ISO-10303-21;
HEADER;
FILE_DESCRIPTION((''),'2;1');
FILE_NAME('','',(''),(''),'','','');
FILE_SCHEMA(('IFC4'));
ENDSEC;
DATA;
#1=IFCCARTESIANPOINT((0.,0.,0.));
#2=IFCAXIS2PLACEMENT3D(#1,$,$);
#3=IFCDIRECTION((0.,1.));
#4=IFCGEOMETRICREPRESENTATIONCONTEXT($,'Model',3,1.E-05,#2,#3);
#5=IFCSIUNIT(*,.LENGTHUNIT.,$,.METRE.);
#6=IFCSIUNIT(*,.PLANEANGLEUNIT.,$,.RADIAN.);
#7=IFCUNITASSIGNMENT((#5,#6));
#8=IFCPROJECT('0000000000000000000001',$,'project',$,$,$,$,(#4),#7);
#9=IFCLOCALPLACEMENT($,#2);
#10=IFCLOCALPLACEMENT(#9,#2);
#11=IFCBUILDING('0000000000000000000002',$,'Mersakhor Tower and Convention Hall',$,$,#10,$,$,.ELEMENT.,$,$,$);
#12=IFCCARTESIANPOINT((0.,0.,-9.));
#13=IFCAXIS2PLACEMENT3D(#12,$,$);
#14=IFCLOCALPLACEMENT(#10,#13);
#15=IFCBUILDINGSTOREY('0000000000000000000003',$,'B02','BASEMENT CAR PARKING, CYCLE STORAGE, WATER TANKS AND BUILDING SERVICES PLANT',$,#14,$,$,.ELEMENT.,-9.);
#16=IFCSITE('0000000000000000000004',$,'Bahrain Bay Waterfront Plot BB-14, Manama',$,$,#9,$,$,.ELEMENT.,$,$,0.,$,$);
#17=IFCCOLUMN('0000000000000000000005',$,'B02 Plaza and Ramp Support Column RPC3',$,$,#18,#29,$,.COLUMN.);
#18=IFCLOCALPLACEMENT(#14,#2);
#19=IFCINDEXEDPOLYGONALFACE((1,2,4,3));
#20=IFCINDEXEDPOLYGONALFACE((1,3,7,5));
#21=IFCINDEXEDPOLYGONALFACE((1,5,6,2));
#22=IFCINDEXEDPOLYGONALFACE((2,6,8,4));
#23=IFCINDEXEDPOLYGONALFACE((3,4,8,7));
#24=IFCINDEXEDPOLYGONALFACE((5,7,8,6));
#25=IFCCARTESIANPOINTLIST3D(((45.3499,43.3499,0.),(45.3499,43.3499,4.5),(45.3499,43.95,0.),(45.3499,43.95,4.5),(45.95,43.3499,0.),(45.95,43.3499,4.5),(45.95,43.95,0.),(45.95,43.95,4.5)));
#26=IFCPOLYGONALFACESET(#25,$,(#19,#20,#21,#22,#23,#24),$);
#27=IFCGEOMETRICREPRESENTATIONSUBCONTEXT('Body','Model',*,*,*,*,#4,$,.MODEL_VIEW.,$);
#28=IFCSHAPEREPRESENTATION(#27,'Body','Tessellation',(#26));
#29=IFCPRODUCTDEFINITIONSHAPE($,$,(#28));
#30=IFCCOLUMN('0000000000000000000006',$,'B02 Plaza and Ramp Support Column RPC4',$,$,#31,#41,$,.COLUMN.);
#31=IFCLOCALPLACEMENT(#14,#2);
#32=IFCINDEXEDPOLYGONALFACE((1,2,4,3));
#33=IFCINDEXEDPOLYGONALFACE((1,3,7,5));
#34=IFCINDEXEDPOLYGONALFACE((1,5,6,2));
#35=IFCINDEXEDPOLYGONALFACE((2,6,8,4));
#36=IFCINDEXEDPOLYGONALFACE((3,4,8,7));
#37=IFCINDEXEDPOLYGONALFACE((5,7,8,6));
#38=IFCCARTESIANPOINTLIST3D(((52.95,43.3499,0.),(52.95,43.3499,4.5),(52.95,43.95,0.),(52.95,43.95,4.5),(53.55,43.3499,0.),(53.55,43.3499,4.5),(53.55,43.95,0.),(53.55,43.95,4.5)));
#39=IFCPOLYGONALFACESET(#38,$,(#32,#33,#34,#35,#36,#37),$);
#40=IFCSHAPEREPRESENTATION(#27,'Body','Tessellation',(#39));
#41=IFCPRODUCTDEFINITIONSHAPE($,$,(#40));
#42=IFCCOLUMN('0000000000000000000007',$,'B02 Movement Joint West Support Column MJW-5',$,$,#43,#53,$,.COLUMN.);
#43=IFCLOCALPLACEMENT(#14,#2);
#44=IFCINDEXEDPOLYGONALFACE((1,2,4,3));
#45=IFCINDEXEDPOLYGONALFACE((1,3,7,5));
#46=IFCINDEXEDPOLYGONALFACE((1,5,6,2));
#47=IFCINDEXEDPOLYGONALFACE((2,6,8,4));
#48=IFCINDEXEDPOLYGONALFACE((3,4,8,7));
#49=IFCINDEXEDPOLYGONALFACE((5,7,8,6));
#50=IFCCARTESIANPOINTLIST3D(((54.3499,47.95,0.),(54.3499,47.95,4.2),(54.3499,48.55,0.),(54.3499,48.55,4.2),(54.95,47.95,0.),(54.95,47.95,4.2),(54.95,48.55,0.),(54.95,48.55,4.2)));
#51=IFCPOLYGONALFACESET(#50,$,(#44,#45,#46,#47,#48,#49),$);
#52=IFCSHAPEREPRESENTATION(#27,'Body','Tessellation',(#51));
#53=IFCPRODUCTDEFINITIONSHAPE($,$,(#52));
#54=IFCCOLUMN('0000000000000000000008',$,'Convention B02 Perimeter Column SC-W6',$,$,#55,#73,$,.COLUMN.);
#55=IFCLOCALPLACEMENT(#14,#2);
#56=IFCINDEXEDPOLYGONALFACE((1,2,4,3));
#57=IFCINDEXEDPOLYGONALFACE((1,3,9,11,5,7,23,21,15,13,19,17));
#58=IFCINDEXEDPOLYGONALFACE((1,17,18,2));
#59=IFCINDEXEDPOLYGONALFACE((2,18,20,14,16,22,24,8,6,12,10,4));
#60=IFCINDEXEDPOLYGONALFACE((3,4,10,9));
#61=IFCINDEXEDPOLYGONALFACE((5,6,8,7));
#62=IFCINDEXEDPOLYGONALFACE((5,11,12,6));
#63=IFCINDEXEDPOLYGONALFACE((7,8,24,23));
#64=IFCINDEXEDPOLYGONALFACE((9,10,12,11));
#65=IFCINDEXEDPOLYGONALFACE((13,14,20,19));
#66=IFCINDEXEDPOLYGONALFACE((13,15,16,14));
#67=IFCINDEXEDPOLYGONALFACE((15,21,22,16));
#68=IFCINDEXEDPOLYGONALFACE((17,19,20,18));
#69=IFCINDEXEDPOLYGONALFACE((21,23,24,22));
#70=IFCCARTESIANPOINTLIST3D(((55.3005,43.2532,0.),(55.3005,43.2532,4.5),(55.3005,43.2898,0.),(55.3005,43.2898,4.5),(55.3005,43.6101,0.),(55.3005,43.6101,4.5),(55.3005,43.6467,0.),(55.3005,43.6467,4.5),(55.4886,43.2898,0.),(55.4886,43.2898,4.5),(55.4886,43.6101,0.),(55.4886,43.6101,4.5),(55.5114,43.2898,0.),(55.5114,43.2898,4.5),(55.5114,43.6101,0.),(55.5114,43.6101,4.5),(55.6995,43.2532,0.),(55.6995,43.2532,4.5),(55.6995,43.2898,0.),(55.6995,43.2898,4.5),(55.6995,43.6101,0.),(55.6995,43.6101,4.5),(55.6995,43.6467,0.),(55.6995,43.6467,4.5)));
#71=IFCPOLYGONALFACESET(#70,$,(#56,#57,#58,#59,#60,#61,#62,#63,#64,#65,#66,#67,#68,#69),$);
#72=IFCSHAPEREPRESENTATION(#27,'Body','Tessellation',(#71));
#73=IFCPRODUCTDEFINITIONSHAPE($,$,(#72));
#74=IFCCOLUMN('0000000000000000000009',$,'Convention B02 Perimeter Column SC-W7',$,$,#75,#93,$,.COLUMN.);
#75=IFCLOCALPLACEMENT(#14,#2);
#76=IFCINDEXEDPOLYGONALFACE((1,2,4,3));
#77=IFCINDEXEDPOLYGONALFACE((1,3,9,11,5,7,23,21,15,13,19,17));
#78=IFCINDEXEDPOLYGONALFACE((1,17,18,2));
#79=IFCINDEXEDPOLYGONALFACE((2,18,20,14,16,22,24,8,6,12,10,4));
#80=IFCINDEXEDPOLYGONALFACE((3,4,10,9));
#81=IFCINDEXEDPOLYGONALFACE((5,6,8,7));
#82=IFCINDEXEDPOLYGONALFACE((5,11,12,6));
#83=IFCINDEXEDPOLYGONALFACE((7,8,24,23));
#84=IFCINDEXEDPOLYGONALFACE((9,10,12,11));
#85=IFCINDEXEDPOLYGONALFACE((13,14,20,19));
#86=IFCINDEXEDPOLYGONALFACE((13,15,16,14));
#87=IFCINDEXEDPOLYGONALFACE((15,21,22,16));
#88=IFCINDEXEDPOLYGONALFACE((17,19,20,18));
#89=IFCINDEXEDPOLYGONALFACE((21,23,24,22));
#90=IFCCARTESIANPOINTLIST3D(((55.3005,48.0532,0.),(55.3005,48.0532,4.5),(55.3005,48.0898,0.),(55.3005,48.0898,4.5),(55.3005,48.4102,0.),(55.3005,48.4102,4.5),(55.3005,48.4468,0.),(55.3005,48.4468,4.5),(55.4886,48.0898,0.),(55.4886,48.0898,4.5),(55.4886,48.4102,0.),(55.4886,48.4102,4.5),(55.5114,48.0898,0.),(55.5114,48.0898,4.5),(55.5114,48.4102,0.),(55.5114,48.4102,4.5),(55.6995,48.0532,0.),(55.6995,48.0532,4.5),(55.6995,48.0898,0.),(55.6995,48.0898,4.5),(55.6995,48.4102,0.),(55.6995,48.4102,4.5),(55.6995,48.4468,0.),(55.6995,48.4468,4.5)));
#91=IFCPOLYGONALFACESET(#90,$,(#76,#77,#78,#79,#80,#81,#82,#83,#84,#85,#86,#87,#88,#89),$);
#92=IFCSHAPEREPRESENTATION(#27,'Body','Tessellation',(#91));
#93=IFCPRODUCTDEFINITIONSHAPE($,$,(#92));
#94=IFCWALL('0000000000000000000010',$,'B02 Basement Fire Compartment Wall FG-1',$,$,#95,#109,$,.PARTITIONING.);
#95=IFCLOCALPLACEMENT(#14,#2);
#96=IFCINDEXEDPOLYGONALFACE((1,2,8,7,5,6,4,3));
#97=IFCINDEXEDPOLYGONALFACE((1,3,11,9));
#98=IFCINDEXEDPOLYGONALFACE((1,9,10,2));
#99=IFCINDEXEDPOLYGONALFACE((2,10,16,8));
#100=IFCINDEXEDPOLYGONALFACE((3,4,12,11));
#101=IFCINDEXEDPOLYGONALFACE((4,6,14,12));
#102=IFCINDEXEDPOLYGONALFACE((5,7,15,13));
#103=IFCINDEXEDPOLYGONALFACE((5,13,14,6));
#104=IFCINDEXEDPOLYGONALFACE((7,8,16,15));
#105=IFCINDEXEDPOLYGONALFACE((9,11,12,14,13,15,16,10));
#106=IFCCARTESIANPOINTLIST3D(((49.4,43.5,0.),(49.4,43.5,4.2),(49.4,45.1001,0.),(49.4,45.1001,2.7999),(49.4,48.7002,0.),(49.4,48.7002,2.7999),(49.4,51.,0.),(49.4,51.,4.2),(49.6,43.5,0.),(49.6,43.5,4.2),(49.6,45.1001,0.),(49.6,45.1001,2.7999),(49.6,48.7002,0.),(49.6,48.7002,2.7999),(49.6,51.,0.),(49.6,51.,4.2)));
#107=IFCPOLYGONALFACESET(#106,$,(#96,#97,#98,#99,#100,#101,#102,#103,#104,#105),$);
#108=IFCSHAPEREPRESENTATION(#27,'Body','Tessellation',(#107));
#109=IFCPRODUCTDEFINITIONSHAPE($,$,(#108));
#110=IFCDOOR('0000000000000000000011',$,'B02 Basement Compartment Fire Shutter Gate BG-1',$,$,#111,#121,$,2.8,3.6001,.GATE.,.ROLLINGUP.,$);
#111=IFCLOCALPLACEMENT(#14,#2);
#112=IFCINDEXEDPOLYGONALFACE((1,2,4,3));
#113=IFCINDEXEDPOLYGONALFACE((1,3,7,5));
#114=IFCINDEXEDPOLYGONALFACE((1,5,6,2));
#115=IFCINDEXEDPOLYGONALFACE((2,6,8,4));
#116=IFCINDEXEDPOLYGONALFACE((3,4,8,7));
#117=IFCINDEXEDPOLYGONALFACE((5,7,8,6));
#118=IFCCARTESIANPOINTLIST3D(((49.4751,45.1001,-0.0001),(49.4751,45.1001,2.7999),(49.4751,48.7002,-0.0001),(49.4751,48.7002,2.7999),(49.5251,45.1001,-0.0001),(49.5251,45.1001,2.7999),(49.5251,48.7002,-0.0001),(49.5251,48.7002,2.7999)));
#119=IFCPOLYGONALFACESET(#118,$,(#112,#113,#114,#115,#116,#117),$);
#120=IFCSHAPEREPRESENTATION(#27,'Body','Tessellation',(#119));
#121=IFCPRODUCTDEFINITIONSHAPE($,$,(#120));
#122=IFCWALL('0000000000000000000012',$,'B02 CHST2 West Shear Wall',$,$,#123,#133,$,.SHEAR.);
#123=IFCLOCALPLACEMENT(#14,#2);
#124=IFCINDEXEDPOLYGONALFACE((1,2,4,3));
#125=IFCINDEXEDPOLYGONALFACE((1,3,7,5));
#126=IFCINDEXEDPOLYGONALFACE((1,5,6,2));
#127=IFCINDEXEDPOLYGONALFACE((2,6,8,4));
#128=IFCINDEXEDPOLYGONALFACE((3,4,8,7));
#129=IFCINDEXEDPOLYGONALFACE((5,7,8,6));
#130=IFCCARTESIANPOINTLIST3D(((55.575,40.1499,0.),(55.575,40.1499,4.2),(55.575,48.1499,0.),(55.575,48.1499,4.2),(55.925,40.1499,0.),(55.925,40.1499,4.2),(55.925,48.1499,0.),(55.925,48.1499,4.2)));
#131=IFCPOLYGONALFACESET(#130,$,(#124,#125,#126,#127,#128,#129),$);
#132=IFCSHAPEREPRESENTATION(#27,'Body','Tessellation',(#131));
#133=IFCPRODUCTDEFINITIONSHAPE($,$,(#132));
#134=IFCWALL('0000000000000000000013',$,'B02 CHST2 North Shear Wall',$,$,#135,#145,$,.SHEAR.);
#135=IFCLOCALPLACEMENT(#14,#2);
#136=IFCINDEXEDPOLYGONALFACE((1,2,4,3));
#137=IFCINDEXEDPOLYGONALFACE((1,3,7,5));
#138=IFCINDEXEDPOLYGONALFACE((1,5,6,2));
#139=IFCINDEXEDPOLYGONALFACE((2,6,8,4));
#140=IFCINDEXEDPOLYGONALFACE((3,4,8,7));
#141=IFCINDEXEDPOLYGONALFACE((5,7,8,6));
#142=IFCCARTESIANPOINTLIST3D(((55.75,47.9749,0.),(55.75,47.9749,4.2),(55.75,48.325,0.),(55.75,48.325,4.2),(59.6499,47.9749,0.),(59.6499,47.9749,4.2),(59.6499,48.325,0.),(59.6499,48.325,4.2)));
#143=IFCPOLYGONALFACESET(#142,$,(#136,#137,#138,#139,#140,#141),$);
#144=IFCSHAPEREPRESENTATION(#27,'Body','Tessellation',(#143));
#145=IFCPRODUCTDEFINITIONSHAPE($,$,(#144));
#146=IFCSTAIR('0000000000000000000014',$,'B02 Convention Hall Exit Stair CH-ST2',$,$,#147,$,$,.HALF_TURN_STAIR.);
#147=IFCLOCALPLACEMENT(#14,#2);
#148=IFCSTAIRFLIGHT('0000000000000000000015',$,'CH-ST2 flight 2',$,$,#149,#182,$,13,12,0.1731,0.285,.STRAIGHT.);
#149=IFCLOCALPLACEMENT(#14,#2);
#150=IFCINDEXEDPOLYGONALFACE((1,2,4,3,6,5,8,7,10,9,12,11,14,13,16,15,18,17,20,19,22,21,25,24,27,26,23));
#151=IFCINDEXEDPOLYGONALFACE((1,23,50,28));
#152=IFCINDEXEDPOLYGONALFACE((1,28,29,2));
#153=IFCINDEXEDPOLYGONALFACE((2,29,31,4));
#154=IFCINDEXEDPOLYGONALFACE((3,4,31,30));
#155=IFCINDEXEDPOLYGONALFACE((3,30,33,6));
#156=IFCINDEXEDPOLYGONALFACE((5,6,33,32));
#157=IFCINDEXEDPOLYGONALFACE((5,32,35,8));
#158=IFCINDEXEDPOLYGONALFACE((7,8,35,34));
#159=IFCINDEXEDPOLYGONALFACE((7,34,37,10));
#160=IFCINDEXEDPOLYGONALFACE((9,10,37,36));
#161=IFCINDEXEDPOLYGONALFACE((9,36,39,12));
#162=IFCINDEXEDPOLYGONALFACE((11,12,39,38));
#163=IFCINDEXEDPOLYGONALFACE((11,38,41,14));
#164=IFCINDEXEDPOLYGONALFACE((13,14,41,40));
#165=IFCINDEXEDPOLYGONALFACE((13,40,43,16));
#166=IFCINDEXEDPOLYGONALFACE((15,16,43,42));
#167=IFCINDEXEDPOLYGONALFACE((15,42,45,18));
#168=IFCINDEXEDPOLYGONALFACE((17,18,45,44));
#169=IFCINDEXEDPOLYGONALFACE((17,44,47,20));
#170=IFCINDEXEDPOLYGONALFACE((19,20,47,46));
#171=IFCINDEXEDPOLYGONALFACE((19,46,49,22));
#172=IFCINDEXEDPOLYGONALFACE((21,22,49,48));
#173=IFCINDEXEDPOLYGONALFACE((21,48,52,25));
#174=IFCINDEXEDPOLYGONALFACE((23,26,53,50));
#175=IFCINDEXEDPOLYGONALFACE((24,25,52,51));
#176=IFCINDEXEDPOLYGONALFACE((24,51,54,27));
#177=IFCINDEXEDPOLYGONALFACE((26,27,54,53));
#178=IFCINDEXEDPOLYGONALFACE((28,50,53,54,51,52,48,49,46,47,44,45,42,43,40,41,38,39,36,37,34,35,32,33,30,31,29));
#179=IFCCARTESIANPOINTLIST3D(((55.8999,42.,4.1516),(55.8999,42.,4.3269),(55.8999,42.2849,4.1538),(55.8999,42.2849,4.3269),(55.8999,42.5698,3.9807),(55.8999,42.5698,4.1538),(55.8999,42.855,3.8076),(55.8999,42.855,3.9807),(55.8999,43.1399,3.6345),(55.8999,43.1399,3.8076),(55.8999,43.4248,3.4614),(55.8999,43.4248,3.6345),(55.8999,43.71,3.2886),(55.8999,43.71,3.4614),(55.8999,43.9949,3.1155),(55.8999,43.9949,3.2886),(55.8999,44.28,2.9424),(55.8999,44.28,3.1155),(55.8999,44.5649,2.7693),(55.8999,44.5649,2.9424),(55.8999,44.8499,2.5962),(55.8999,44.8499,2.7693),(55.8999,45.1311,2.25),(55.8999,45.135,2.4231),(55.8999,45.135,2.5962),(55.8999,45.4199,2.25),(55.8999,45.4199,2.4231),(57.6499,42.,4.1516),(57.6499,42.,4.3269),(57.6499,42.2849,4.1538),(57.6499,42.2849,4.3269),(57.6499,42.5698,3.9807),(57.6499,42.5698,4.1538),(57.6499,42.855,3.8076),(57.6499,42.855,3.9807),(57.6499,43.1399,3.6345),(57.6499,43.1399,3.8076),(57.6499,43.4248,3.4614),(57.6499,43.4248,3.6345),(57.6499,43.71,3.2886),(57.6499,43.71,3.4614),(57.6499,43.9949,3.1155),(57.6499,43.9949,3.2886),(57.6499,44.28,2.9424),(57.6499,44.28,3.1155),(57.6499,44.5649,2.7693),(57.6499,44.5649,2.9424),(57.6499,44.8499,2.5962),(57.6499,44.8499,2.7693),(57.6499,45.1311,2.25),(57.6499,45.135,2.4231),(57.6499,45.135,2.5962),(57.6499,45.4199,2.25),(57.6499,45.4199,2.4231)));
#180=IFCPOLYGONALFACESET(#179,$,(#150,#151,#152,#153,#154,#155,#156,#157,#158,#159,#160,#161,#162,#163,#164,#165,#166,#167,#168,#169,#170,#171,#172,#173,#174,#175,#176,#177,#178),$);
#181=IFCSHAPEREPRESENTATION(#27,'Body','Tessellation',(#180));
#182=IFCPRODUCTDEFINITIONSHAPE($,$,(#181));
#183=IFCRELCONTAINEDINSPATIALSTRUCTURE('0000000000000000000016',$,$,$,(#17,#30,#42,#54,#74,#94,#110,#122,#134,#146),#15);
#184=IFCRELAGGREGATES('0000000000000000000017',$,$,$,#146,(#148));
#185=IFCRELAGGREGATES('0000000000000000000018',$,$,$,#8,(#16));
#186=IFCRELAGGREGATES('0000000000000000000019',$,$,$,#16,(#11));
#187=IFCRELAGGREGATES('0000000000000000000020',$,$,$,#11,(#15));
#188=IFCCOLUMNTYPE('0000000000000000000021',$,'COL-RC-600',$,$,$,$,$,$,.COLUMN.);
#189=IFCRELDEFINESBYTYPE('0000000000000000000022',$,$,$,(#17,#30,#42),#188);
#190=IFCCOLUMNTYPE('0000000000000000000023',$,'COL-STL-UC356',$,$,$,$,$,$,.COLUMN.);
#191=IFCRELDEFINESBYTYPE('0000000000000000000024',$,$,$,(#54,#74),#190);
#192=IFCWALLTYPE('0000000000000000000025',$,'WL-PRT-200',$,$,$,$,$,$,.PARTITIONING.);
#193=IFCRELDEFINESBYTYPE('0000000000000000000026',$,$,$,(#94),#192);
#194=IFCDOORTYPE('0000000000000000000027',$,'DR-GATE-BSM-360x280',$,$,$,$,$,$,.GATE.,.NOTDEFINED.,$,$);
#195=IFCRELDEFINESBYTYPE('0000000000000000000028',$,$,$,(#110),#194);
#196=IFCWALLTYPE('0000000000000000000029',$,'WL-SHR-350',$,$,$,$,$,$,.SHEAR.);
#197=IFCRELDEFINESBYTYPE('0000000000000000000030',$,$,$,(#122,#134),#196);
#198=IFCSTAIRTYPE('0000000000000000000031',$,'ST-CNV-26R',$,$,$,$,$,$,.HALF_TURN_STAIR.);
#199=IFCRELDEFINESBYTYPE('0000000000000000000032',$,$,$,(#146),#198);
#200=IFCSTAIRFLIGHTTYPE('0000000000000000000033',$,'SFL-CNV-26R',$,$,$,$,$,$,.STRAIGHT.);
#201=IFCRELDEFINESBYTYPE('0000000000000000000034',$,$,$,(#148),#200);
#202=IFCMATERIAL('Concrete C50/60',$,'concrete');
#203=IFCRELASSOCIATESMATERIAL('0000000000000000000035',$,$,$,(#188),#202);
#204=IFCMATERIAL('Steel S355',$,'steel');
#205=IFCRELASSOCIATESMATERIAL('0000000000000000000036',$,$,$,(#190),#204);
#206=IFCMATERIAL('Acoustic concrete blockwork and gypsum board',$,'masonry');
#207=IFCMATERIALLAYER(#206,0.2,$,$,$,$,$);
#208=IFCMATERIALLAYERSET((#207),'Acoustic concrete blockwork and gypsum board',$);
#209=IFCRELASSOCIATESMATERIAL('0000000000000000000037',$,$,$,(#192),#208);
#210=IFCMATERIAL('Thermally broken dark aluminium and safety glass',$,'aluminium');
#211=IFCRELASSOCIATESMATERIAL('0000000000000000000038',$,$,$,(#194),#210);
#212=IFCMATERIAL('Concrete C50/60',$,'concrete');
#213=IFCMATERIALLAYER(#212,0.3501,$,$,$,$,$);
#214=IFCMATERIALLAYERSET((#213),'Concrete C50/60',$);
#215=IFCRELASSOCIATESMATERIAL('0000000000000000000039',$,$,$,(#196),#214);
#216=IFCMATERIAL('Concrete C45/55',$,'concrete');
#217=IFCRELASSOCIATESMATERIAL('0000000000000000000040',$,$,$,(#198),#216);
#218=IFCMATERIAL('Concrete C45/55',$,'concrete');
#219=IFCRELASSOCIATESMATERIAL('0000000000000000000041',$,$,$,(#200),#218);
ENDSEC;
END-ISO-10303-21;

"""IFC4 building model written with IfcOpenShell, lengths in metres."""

from ifc_helpers import new_model, si_unit, direction, frame, frame_2d, origin, origin_2d, place, context, subcontext, project, spatial, polyline, rectangle, i_section, outline, extrude, material, layer, layer_set, material_profile, profile_set, type_object, element, fill, aggregate, save


model = new_model("IFC4")

# Units and contexts
model_context = context("Model", 3, precision=1e-05, world=origin(), true_north=direction((0.0, 1.0)))
body_context = subcontext(model_context, "Body", "Model", "MODEL_VIEW")
ifc_project = project(units=[si_unit("LENGTHUNIT", "METRE"), si_unit("PLANEANGLEUNIT", "RADIAN")], contexts=[model_context])

# Site, building, storey
site_placement = place(None, origin())
site = spatial("IfcSite", under=ifc_project, at=site_placement, Name="Bahrain Bay Waterfront Plot BB-14, Manama", CompositionType="ELEMENT", RefElevation=0.0)
building_placement = place(site_placement, origin())
building = spatial("IfcBuilding", under=site, at=building_placement, Name="Mersakhor Tower and Convention Hall", CompositionType="ELEMENT")
storey_placement = place(building_placement, frame((0.0, 0.0, -9.0)))
storey = spatial("IfcBuildingStorey", under=building, at=storey_placement, Name="B02", Description="BASEMENT CAR PARKING, CYCLE STORAGE, WATER TANKS AND BUILDING SERVICES PLANT", CompositionType="ELEMENT", Elevation=-9.0)

# Columns
ifc_material_1 = material(Name="Concrete C50/60", Category="concrete")
ifc_material_profile_1 = material_profile(ifc_material_1, rectangle(XDim=0.6001, YDim=0.6001, at=origin_2d()), Name="RC 600x600")
ifc_profile_set_1 = profile_set([ifc_material_profile_1], Name="Concrete C50/60")
column_type_1 = type_object("IfcColumnType", Name="COL-RC-600", PredefinedType="COLUMN", material=ifc_profile_set_1)
for number, where, z_axis, x_axis, name in (
    (1, (45.6499, 43.6499, 0.0), (0.0, 0.0, 1.0), (1.0, 0.0, 0.0), "B02 Plaza and Ramp Support Column RPC3"),
    (2, (53.25, 43.6499, 0.0), (0.0, 0.0, 1.0), (1.0, 0.0, 0.0), "B02 Plaza and Ramp Support Column RPC4"),
):
    element("IfcColumn", number, at=place(storey_placement, frame(where, z_axis=z_axis, x_axis=x_axis)), inside=storey, type_object=column_type_1, Name=name, PredefinedType="COLUMN", context=body_context, shape_type="SweptSolid", body=[
        extrude(rectangle(XDim=0.6001, YDim=0.6001, at=origin_2d()), origin(), (0.0, 0.0, 1.0), 4.5),
    ])
column_1_placement = place(storey_placement, frame((54.6499, 48.25, 0.0), z_axis=(0.0, 0.0, 1.0), x_axis=(1.0, 0.0, 0.0)))
element("IfcColumn", 3, at=column_1_placement, inside=storey, type_object=column_type_1, Name="B02 Movement Joint West Support Column MJW-5", PredefinedType="COLUMN", context=body_context, shape_type="SweptSolid", body=[
    extrude(rectangle(XDim=0.6001, YDim=0.6001, at=origin_2d()), origin(), (0.0, 0.0, 1.0), 4.2),
])
ifc_material_2 = material(Name="Steel S355", Category="steel")
ifc_material_profile_2 = material_profile(ifc_material_2, i_section(OverallWidth=0.3989, OverallDepth=0.3936, WebThickness=0.0227, FlangeThickness=0.0366, at=origin_2d()), Name="UC 356x406x287")
ifc_profile_set_2 = profile_set([ifc_material_profile_2], Name="Steel S355")
column_type_2 = type_object("IfcColumnType", Name="COL-STL-UC356", PredefinedType="COLUMN", material=ifc_profile_set_2)
for number, where, z_axis, x_axis, name in (
    (4, (55.5, 43.45, 0.0), (0.0, 0.0, 1.0), (1.0, 0.0, 0.0), "Convention B02 Perimeter Column SC-W6"),
    (5, (55.5, 48.25, 0.0), (0.0, 0.0, 1.0), (1.0, 0.0, 0.0), "Convention B02 Perimeter Column SC-W7"),
):
    element("IfcColumn", number, at=place(storey_placement, frame(where, z_axis=z_axis, x_axis=x_axis)), inside=storey, type_object=column_type_2, Name=name, PredefinedType="COLUMN", context=body_context, shape_type="SweptSolid", body=[
        extrude(i_section(OverallWidth=0.3989, OverallDepth=0.3936, WebThickness=0.0227, FlangeThickness=0.0366, at=origin_2d()), origin(), (0.0, 0.0, 1.0), 4.5),
    ])

# Wall, opening, door
ifc_material_3 = material(Name="Acoustic concrete blockwork and gypsum board", Category="masonry")
ifc_layer_1 = layer(ifc_material_3, 0.2)
ifc_layer_set_1 = layer_set([ifc_layer_1], Name="Acoustic concrete blockwork and gypsum board")
wall_type_1 = type_object("IfcWallType", Name="WL-PRT-200", PredefinedType="PARTITIONING", material=ifc_layer_set_1)
wall_1_placement = place(storey_placement, frame((49.5, 43.5, 0.0), z_axis=(0.0, 0.0, 1.0), x_axis=(0.0, 1.0, 0.0)))
wall_1 = element("IfcWall", 6, at=wall_1_placement, inside=storey, type_object=wall_type_1, Name="B02 Basement Fire Compartment Wall FG-1", PredefinedType="PARTITIONING", context=body_context, shape_type="SweptSolid", body=[
    extrude(rectangle(XDim=7.5, YDim=0.2, at=frame_2d((3.75, 0.0))), origin(), (0.0, 0.0, 1.0), 4.2),
])
opening_1_placement = place(wall_1_placement, frame((1.6001, 0.0, 0.0)))
opening_1 = element("IfcOpeningElement", 7, at=opening_1_placement, cuts=wall_1, PredefinedType="OPENING", context=body_context, shape_type="SweptSolid", body=[
    extrude(rectangle(XDim=3.6001, YDim=2.8, at=frame_2d((1.8, 1.3999))), frame((0.0, 0.1099, 0.0), z_axis=(0.0, -1.0, 0.0), x_axis=(1.0, 0.0, 0.0)), (0.0, 0.0, 1.0), 0.22),
])
ifc_material_4 = material(Name="Thermally broken dark aluminium and safety glass", Category="aluminium")
door_type_1 = type_object("IfcDoorType", Name="DR-GATE-BSM-360x280", OperationType="NOTDEFINED", PredefinedType="GATE", material=ifc_material_4)
door_1_placement = place(opening_1_placement, origin())
door_1 = element("IfcDoor", 8, at=door_1_placement, inside=storey, type_object=door_type_1, Name="B02 Basement Compartment Fire Shutter Gate BG-1", OperationType="ROLLINGUP", OverallHeight=2.8, OverallWidth=3.6001, PredefinedType="GATE", context=body_context, shape_type="SweptSolid", body=[
    extrude(rectangle(XDim=3.6001, YDim=2.8, at=frame_2d((1.8, 1.3999))), frame((0.0, 0.0249, 0.0), z_axis=(0.0, -1.0, 0.0), x_axis=(1.0, 0.0, 0.0)), (0.0, 0.0, 1.0), 0.05),
])
fill(opening_1, door_1)

# Walls
ifc_material_5 = material(Name="Concrete C50/60", Category="concrete")
ifc_layer_2 = layer(ifc_material_5, 0.3501)
ifc_layer_set_2 = layer_set([ifc_layer_2], Name="Concrete C50/60")
wall_type_2 = type_object("IfcWallType", Name="WL-SHR-350", PredefinedType="SHEAR", material=ifc_layer_set_2)
wall_2_placement = place(storey_placement, frame((55.75, 40.1499, 0.0), z_axis=(0.0, 0.0, 1.0), x_axis=(0.0, 1.0, 0.0)))
element("IfcWall", 9, at=wall_2_placement, inside=storey, type_object=wall_type_2, Name="B02 CHST2 West Shear Wall", PredefinedType="SHEAR", context=body_context, shape_type="SweptSolid", body=[
    extrude(rectangle(XDim=8.0, YDim=0.3501, at=frame_2d((4.0, 0.0))), origin(), (0.0, 0.0, 1.0), 4.2),
])
wall_3_placement = place(storey_placement, frame((55.75, 48.1499, 0.0), z_axis=(0.0, 0.0, 1.0), x_axis=(1.0, 0.0, 0.0)))
element("IfcWall", 10, at=wall_3_placement, inside=storey, type_object=wall_type_2, Name="B02 CHST2 North Shear Wall", PredefinedType="SHEAR", context=body_context, shape_type="SweptSolid", body=[
    extrude(rectangle(XDim=3.8999, YDim=0.3501, at=frame_2d((1.95, 0.0))), origin(), (0.0, 0.0, 1.0), 4.2),
])

# Stair, stair flight
ifc_material_6 = material(Name="Concrete C45/55", Category="concrete")
stair_type = type_object("IfcStairType", Name="ST-CNV-26R", PredefinedType="HALF_TURN_STAIR", material=ifc_material_6)
stair_placement = place(storey_placement, origin())
stair = element("IfcStair", 11, at=stair_placement, inside=storey, type_object=stair_type, Name="B02 Convention Hall Exit Stair CH-ST2", PredefinedType="HALF_TURN_STAIR")
ifc_material_7 = material(Name="Concrete C45/55", Category="concrete")
stair_flight_type = type_object("IfcStairFlightType", Name="SFL-CNV-26R", PredefinedType="STRAIGHT", material=ifc_material_7)
stair_flight_placement = place(storey_placement, frame((56.7749, 45.4199, 2.25), z_axis=(0.0, 0.0, 1.0), x_axis=(0.0, -1.0, 0.0)))
stair_flight = element("IfcStairFlight", 12, at=stair_flight_placement, type_object=stair_flight_type, Name="CH-ST2 flight 2", NumberOfRisers=13, NumberOfTreads=12, PredefinedType="STRAIGHT", RiserHeight=0.1731, TreadLength=0.285, context=body_context, shape_type="SweptSolid", body=[
    extrude(outline(polyline([(0.0, 0.0), (0.0, 0.1731), (0.2849, 0.1731), (0.2849, 0.3462), (0.5701, 0.3462), (0.5701, 0.5193), (0.855, 0.5193), (0.855, 0.6924), (1.1399, 0.6924), (1.1399, 0.8655), (1.425, 0.8655), (1.425, 1.0386), (1.71, 1.0386), (1.71, 1.2114), (1.9951, 1.2114), (1.9951, 1.3845), (2.28, 1.3845), (2.28, 1.5576), (2.5649, 1.5576), (2.5649, 1.7307), (2.8501, 1.7307), (2.8501, 1.9038), (3.135, 1.9038), (3.135, 2.0769), (3.4199, 2.0769), (3.4199, 2.25), (3.4199, 1.9016), (0.2888, 0.0), (0.0, 0.0)])), frame((0.0, 0.875, 0.0), z_axis=(0.0, -1.0, 0.0), x_axis=(1.0, 0.0, 0.0)), (0.0, 0.0, 1.0), 1.75),
])
aggregate(stair, [stair_flight])

save(model, "model.ifc")
